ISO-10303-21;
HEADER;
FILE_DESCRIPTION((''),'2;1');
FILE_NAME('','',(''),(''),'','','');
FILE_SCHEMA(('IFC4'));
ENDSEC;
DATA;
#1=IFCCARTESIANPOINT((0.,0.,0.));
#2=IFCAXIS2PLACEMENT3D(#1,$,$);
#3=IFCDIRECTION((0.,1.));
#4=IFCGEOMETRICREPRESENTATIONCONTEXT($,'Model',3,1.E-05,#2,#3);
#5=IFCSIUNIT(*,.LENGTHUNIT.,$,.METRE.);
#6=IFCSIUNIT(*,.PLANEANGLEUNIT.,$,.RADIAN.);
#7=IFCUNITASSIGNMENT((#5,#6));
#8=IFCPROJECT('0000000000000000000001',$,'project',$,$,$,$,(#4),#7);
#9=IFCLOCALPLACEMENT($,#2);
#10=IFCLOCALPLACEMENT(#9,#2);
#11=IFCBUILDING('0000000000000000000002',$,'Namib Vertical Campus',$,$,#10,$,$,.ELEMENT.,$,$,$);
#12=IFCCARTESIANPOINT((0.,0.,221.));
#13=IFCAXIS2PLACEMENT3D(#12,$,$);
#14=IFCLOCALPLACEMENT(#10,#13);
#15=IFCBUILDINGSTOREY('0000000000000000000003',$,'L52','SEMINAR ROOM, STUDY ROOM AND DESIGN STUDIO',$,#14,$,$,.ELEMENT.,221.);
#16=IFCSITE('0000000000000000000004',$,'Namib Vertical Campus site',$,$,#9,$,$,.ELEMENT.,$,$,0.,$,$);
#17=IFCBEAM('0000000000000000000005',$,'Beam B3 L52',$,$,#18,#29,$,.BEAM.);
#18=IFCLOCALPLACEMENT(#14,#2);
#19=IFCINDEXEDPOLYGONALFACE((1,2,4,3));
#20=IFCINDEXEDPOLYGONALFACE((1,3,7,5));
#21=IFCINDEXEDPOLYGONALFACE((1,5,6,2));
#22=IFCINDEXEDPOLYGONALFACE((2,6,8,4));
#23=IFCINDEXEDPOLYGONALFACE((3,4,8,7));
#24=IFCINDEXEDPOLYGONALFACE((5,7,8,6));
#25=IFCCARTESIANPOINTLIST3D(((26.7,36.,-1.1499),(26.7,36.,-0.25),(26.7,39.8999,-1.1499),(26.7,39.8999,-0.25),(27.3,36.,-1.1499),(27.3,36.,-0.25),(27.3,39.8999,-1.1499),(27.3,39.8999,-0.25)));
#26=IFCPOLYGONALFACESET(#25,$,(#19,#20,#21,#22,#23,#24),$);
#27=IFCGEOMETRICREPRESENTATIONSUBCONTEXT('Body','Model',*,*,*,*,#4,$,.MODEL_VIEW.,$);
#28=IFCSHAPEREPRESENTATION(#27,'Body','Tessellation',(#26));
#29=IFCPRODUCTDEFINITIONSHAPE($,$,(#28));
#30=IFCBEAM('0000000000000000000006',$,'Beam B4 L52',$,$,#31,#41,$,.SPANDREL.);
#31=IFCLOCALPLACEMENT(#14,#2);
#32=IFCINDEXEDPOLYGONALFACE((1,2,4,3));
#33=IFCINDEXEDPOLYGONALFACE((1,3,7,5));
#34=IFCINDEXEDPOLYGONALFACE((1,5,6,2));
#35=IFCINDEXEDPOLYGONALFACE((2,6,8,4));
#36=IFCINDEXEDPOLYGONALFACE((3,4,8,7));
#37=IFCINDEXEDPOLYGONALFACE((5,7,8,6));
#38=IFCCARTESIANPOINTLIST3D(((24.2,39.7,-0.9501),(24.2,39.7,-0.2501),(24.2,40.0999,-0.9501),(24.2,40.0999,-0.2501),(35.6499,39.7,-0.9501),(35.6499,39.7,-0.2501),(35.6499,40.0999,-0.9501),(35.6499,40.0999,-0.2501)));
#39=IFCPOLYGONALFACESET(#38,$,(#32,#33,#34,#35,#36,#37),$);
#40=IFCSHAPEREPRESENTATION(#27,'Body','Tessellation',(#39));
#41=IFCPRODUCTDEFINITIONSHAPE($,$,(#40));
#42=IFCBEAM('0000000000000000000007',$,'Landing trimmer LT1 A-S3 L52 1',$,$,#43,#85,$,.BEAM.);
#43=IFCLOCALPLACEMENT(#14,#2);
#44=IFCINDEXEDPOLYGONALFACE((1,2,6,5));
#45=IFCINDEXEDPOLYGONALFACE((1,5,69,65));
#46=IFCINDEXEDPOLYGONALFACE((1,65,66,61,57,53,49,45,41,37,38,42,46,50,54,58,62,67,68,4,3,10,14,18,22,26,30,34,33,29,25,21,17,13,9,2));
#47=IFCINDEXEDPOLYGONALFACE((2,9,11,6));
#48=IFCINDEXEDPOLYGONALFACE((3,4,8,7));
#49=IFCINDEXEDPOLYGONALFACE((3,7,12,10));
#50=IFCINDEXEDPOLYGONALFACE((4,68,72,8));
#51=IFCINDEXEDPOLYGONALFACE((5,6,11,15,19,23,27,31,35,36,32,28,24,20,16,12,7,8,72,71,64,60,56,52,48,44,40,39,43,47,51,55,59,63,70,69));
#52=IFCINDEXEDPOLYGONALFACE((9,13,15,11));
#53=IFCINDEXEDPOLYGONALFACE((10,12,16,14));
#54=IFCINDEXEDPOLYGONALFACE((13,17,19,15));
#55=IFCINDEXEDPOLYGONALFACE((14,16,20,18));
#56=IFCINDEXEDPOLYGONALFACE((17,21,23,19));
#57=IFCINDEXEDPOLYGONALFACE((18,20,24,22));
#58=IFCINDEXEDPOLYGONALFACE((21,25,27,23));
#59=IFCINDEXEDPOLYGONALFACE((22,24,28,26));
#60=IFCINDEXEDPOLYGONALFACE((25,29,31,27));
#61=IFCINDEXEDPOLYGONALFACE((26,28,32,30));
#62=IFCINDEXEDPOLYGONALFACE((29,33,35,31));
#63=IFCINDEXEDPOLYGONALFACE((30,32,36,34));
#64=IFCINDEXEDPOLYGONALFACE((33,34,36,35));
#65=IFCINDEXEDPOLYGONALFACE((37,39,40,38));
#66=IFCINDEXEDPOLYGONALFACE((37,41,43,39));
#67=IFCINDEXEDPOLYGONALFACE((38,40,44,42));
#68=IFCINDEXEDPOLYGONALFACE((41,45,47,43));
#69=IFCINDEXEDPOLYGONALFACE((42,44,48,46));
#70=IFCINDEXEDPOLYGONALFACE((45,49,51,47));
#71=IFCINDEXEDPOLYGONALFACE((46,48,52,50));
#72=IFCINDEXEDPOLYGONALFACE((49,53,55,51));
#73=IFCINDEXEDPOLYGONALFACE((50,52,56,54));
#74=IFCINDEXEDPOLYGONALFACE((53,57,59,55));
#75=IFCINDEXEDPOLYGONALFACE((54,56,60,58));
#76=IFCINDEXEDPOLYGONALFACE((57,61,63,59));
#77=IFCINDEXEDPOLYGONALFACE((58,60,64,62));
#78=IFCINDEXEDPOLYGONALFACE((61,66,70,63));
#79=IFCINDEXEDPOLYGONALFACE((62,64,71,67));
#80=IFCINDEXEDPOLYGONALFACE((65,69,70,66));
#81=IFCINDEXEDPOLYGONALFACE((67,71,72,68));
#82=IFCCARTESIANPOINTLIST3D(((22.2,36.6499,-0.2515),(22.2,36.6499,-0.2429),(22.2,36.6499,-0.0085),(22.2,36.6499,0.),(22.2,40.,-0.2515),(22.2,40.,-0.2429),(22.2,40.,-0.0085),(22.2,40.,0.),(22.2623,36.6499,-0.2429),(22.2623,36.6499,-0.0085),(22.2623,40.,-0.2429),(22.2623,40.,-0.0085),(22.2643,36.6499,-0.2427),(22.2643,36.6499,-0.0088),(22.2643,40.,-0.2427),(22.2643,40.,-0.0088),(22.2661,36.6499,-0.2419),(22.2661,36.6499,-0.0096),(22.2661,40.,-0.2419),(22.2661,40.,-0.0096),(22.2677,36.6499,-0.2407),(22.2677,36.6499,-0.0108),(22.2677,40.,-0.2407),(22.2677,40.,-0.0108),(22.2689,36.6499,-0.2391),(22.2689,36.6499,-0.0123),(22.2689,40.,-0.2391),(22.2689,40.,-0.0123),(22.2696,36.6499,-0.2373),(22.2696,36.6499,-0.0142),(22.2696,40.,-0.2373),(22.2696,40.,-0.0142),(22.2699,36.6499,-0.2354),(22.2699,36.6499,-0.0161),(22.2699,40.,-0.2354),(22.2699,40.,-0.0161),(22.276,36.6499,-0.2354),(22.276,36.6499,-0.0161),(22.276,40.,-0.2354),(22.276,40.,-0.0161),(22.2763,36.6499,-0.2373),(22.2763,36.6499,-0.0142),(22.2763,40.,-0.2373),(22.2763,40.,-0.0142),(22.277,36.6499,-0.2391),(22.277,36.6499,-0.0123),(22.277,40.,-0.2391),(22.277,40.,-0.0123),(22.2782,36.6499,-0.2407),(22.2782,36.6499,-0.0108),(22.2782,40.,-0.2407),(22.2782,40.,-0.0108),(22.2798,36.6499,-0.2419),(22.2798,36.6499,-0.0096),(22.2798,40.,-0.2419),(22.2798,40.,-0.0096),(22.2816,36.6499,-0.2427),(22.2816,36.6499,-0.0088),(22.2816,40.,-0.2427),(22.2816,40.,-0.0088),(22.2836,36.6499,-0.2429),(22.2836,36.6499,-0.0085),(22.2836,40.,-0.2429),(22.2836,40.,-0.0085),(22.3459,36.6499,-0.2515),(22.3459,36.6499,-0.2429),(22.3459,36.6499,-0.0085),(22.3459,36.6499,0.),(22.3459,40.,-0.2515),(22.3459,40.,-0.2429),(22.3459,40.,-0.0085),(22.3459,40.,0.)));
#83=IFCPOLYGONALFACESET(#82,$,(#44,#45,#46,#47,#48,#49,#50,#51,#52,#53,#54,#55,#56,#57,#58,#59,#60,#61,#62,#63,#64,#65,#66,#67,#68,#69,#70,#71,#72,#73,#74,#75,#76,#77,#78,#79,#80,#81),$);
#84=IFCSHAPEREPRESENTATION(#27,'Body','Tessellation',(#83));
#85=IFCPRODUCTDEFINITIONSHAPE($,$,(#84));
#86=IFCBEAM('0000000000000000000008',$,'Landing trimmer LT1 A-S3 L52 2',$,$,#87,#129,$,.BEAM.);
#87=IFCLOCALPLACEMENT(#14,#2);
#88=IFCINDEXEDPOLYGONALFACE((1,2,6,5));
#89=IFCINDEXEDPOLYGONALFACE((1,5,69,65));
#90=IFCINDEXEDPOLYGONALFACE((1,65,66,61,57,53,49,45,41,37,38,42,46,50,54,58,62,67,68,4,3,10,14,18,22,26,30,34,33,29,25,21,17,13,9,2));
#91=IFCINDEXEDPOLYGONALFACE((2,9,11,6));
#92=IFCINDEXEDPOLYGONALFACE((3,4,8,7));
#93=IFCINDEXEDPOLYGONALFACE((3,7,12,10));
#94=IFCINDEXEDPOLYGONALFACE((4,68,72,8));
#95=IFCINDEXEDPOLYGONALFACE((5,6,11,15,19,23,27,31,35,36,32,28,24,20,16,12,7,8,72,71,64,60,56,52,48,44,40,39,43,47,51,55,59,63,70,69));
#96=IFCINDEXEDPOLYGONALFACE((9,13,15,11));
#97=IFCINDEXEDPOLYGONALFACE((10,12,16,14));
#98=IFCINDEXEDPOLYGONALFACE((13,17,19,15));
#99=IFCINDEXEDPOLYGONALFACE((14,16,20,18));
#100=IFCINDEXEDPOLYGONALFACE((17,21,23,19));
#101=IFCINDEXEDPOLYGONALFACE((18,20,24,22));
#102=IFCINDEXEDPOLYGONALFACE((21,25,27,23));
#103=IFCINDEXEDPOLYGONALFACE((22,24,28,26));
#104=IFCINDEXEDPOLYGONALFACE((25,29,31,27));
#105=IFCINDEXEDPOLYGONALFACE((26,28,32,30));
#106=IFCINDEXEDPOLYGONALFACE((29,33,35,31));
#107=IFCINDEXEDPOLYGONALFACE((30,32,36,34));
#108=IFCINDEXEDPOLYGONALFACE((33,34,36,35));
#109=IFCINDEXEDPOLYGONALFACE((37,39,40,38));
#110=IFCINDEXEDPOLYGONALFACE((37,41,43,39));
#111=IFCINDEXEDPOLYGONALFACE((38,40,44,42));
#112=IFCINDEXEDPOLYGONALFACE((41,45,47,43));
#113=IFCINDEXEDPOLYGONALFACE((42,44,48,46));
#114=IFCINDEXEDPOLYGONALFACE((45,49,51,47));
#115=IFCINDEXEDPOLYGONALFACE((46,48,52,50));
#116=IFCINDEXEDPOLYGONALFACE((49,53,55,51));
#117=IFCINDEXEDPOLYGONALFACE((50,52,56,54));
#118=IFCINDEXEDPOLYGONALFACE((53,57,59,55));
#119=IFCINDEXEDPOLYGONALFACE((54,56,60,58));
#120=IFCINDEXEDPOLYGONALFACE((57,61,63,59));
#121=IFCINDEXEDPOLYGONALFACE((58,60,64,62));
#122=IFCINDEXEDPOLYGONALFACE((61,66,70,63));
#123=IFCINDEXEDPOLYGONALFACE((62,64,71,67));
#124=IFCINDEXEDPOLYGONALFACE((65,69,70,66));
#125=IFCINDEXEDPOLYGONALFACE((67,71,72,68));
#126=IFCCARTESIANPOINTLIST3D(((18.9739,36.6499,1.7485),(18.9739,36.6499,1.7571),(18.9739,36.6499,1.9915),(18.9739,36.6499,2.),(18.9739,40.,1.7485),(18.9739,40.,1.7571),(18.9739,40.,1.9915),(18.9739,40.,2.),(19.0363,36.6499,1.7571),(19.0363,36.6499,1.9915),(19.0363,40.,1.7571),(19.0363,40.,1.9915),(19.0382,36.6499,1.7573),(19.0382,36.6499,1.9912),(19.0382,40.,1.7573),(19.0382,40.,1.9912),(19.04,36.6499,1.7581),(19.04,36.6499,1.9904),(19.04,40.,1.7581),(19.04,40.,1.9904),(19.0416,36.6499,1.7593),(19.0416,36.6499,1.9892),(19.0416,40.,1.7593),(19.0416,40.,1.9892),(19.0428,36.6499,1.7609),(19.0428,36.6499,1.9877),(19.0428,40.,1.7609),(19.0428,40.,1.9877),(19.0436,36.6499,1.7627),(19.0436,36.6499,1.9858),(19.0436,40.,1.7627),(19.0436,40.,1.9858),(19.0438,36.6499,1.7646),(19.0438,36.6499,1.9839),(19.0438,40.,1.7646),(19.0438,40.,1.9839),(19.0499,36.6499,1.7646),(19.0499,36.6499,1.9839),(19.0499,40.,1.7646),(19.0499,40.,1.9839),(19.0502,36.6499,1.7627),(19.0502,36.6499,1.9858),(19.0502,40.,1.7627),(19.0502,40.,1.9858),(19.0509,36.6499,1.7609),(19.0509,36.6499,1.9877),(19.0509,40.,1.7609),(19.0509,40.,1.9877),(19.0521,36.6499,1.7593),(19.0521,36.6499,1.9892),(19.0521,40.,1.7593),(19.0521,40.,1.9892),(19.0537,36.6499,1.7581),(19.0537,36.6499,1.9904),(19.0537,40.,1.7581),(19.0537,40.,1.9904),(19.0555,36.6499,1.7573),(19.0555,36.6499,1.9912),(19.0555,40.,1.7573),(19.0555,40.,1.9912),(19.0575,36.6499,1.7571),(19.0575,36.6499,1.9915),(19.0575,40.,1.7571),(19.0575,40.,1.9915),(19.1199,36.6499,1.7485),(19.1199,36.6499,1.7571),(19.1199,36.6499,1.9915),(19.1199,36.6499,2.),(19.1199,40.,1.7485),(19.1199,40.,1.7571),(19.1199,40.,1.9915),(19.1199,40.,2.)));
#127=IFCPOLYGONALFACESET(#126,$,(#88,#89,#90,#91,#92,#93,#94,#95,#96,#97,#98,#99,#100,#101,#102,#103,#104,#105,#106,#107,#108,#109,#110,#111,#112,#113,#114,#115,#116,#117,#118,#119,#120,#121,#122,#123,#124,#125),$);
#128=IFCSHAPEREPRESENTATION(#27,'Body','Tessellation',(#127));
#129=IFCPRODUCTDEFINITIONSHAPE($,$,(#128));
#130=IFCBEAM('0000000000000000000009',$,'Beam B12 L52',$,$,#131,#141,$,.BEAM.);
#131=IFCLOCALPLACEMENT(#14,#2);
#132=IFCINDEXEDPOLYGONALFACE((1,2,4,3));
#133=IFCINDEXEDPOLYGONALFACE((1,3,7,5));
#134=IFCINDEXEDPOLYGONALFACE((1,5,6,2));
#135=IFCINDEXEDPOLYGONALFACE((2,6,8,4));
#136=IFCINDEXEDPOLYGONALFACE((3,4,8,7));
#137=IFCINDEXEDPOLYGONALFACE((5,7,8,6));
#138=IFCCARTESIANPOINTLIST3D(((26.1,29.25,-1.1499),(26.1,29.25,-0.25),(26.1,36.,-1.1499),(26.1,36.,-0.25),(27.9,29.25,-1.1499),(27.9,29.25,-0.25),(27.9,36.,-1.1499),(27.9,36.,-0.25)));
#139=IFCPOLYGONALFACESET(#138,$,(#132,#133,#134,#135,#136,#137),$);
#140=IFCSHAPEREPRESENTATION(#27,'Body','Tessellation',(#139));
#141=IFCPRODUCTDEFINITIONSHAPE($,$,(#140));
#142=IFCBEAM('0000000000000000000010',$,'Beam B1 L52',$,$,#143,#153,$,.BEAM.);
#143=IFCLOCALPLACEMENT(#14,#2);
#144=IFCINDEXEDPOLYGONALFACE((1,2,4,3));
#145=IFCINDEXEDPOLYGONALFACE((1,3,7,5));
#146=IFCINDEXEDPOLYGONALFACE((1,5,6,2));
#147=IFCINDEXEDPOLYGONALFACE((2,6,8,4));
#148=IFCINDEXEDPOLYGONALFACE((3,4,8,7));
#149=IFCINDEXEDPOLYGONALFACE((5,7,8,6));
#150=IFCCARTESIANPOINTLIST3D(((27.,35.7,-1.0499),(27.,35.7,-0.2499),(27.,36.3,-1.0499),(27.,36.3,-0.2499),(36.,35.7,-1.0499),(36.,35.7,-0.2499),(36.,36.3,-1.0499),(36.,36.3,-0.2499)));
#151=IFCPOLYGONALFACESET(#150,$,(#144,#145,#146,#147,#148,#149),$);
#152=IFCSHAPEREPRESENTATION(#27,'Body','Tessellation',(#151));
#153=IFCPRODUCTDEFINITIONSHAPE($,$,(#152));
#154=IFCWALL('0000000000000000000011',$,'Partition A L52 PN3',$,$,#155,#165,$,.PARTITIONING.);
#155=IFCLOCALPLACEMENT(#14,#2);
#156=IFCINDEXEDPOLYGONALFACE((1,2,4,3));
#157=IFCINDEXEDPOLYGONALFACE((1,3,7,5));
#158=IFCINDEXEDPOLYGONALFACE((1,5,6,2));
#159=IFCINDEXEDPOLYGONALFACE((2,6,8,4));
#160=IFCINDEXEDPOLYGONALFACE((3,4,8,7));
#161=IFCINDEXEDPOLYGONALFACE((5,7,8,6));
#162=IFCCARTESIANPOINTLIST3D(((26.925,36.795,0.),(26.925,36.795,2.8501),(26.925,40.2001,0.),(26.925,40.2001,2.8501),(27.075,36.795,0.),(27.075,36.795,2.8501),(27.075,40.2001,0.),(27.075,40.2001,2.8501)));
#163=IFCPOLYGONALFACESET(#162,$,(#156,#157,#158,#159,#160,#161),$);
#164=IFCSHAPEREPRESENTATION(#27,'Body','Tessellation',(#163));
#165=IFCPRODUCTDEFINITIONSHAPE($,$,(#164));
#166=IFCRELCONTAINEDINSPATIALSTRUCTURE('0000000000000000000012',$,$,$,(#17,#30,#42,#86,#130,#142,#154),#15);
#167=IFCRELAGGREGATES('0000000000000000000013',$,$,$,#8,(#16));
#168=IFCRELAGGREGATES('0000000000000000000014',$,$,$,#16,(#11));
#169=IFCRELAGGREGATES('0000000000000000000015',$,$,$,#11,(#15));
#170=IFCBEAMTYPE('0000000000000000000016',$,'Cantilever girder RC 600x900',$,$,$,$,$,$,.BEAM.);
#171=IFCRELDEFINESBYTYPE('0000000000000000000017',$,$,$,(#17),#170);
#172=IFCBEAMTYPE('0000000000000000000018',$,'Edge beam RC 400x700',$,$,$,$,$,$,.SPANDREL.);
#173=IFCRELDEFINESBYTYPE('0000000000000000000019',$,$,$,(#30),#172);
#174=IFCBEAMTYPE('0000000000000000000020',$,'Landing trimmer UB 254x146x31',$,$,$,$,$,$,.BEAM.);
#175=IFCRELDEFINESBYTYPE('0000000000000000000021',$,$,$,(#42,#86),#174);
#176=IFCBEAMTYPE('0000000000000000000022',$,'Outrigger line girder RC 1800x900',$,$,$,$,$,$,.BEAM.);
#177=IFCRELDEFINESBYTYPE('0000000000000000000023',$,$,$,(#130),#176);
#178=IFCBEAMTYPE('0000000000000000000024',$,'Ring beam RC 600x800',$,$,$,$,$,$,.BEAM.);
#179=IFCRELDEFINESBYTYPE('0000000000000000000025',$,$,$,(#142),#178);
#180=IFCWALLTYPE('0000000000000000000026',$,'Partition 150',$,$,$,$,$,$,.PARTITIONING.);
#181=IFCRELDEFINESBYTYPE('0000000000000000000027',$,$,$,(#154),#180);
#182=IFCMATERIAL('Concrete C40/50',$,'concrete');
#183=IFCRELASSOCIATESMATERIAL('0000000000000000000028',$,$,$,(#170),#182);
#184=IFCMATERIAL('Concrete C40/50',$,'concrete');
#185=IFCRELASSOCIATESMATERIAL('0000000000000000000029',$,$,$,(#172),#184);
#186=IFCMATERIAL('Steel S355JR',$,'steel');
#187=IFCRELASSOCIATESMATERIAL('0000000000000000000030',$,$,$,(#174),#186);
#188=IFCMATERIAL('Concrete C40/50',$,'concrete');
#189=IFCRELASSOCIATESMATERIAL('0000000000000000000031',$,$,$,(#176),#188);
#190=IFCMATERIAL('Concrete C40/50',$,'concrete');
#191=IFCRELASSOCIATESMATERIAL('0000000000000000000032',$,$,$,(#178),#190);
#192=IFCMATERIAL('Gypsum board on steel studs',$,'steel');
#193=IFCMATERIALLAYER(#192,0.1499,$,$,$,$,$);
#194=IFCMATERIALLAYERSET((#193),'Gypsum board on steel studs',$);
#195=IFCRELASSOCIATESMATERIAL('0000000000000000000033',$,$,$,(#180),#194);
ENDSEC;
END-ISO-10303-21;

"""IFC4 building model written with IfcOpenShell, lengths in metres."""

from ifc_helpers import new_model, si_unit, direction, frame, frame_2d, origin, origin_2d, place, context, subcontext, project, spatial, rectangle, i_section, extrude, material, layer, layer_set, material_profile, profile_set, type_object, element, save


model = new_model("IFC4")

# Units and contexts
model_context = context("Model", 3, precision=1e-05, world=origin(), true_north=direction((0.0, 1.0)))
body_context = subcontext(model_context, "Body", "Model", "MODEL_VIEW")
ifc_project = project(units=[si_unit("LENGTHUNIT", "METRE"), si_unit("PLANEANGLEUNIT", "RADIAN")], contexts=[model_context])

# Site, building, storey
site_placement = place(None, origin())
site = spatial("IfcSite", under=ifc_project, at=site_placement, Name="Namib Vertical Campus site", CompositionType="ELEMENT", RefElevation=0.0)
building_placement = place(site_placement, origin())
building = spatial("IfcBuilding", under=site, at=building_placement, Name="Namib Vertical Campus", CompositionType="ELEMENT")
storey_placement = place(building_placement, frame((0.0, 0.0, 221.0)))
storey = spatial("IfcBuildingStorey", under=building, at=storey_placement, Name="L52", Description="SEMINAR ROOM, STUDY ROOM AND DESIGN STUDIO", CompositionType="ELEMENT", Elevation=221.0)

# Beams
ifc_material_1 = material(Name="Concrete C40/50", Category="concrete")
ifc_material_profile_1 = material_profile(ifc_material_1, rectangle(XDim=0.6001, YDim=0.8999, at=origin_2d()))
ifc_profile_set_1 = profile_set([ifc_material_profile_1], Name="Concrete C40/50")
beam_type_1 = type_object("IfcBeamType", Name="Cantilever girder RC 600x900", PredefinedType="BEAM", material=ifc_profile_set_1)
beam_1_placement = place(storey_placement, frame((27.0, 36.0, -0.7), z_axis=(0.0, 1.0, 0.0), x_axis=(-1.0, 0.0, 0.0)))
element("IfcBeam", 1, at=beam_1_placement, inside=storey, type_object=beam_type_1, Name="Beam B3 L52", PredefinedType="BEAM", context=body_context, shape_type="SweptSolid", body=[
    extrude(rectangle(XDim=0.6001, YDim=0.8999, at=origin_2d()), origin(), (0.0, 0.0, 1.0), 3.8999),
])
ifc_material_2 = material(Name="Concrete C40/50", Category="concrete")
ifc_material_profile_2 = material_profile(ifc_material_2, rectangle(XDim=0.3999, YDim=0.7, at=origin_2d()))
ifc_profile_set_2 = profile_set([ifc_material_profile_2], Name="Concrete C40/50")
beam_type_2 = type_object("IfcBeamType", Name="Edge beam RC 400x700", PredefinedType="SPANDREL", material=ifc_profile_set_2)
beam_2_placement = place(storey_placement, frame((24.2, 39.8999, -0.6001), z_axis=(1.0, 0.0, 0.0), x_axis=(0.0, 1.0, 0.0)))
element("IfcBeam", 2, at=beam_2_placement, inside=storey, type_object=beam_type_2, Name="Beam B4 L52", PredefinedType="SPANDREL", context=body_context, shape_type="SweptSolid", body=[
    extrude(rectangle(XDim=0.3999, YDim=0.7, at=origin_2d()), origin(), (0.0, 0.0, 1.0), 11.45),
])
ifc_material_3 = material(Name="Steel S355JR", Category="steel")
ifc_material_profile_3 = material_profile(ifc_material_3, i_section(OverallWidth=0.146, OverallDepth=0.2515, WebThickness=0.0061, FlangeThickness=0.0085, FilletRadius=0.0076, at=origin_2d()))
ifc_profile_set_3 = profile_set([ifc_material_profile_3], Name="Steel S355JR")
beam_type_3 = type_object("IfcBeamType", Name="Landing trimmer UB 254x146x31", PredefinedType="BEAM", material=ifc_profile_set_3)
for number, where, z_axis, x_axis, name in (
    (3, (22.2729, 36.6499, -0.1257), (0.0, 1.0, 0.0), (-1.0, 0.0, 0.0), "Landing trimmer LT1 A-S3 L52 1"),
    (4, (19.0469, 36.6499, 1.8743), (0.0, 1.0, 0.0), (-1.0, 0.0, 0.0), "Landing trimmer LT1 A-S3 L52 2"),
):
    element("IfcBeam", number, at=place(storey_placement, frame(where, z_axis=z_axis, x_axis=x_axis)), inside=storey, type_object=beam_type_3, Name=name, PredefinedType="BEAM", context=body_context, shape_type="SweptSolid", body=[
        extrude(i_section(OverallWidth=0.146, OverallDepth=0.2515, WebThickness=0.0061, FlangeThickness=0.0085, FilletRadius=0.0076, at=origin_2d()), origin(), (0.0, 0.0, 1.0), 3.3501),
    ])
ifc_material_4 = material(Name="Concrete C40/50", Category="concrete")
ifc_material_profile_4 = material_profile(ifc_material_4, rectangle(XDim=1.8, YDim=0.8999, at=origin_2d()))
ifc_profile_set_4 = profile_set([ifc_material_profile_4], Name="Concrete C40/50")
beam_type_4 = type_object("IfcBeamType", Name="Outrigger line girder RC 1800x900", PredefinedType="BEAM", material=ifc_profile_set_4)
beam_3_placement = place(storey_placement, frame((27.0, 36.0, -0.7), z_axis=(0.0, -1.0, 0.0), x_axis=(1.0, 0.0, 0.0)))
element("IfcBeam", 5, at=beam_3_placement, inside=storey, type_object=beam_type_4, Name="Beam B12 L52", PredefinedType="BEAM", context=body_context, shape_type="SweptSolid", body=[
    extrude(rectangle(XDim=1.8, YDim=0.8999, at=origin_2d()), origin(), (0.0, 0.0, 1.0), 6.75),
])
ifc_material_5 = material(Name="Concrete C40/50", Category="concrete")
ifc_material_profile_5 = material_profile(ifc_material_5, rectangle(XDim=0.6001, YDim=0.8, at=origin_2d()))
ifc_profile_set_5 = profile_set([ifc_material_profile_5], Name="Concrete C40/50")
beam_type_5 = type_object("IfcBeamType", Name="Ring beam RC 600x800", PredefinedType="BEAM", material=ifc_profile_set_5)
beam_4_placement = place(storey_placement, frame((27.0, 36.0, -0.6499), z_axis=(1.0, 0.0, 0.0), x_axis=(0.0, 1.0, 0.0)))
element("IfcBeam", 6, at=beam_4_placement, inside=storey, type_object=beam_type_5, Name="Beam B1 L52", PredefinedType="BEAM", context=body_context, shape_type="SweptSolid", body=[
    extrude(rectangle(XDim=0.6001, YDim=0.8, at=origin_2d()), origin(), (0.0, 0.0, 1.0), 9.0),
])

# Wall
ifc_material_6 = material(Name="Gypsum board on steel studs", Category="steel")
ifc_layer_1 = layer(ifc_material_6, 0.1499)
ifc_layer_set_1 = layer_set([ifc_layer_1], Name="Gypsum board on steel studs")
wall_type_1 = type_object("IfcWallType", Name="Partition 150", PredefinedType="PARTITIONING", material=ifc_layer_set_1)
wall_1_placement = place(storey_placement, frame((27.0, 36.7949, 0.0), z_axis=(0.0, 0.0, 1.0), x_axis=(0.0, 1.0, 0.0)))
element("IfcWall", 7, at=wall_1_placement, inside=storey, type_object=wall_type_1, Name="Partition A L52 PN3", PredefinedType="PARTITIONING", context=body_context, shape_type="SweptSolid", body=[
    extrude(rectangle(XDim=3.405, YDim=0.1499, at=frame_2d((1.7026, 0.0))), origin(), (0.0, 0.0, 1.0), 2.8501),
])

save(model, "model.ifc")
